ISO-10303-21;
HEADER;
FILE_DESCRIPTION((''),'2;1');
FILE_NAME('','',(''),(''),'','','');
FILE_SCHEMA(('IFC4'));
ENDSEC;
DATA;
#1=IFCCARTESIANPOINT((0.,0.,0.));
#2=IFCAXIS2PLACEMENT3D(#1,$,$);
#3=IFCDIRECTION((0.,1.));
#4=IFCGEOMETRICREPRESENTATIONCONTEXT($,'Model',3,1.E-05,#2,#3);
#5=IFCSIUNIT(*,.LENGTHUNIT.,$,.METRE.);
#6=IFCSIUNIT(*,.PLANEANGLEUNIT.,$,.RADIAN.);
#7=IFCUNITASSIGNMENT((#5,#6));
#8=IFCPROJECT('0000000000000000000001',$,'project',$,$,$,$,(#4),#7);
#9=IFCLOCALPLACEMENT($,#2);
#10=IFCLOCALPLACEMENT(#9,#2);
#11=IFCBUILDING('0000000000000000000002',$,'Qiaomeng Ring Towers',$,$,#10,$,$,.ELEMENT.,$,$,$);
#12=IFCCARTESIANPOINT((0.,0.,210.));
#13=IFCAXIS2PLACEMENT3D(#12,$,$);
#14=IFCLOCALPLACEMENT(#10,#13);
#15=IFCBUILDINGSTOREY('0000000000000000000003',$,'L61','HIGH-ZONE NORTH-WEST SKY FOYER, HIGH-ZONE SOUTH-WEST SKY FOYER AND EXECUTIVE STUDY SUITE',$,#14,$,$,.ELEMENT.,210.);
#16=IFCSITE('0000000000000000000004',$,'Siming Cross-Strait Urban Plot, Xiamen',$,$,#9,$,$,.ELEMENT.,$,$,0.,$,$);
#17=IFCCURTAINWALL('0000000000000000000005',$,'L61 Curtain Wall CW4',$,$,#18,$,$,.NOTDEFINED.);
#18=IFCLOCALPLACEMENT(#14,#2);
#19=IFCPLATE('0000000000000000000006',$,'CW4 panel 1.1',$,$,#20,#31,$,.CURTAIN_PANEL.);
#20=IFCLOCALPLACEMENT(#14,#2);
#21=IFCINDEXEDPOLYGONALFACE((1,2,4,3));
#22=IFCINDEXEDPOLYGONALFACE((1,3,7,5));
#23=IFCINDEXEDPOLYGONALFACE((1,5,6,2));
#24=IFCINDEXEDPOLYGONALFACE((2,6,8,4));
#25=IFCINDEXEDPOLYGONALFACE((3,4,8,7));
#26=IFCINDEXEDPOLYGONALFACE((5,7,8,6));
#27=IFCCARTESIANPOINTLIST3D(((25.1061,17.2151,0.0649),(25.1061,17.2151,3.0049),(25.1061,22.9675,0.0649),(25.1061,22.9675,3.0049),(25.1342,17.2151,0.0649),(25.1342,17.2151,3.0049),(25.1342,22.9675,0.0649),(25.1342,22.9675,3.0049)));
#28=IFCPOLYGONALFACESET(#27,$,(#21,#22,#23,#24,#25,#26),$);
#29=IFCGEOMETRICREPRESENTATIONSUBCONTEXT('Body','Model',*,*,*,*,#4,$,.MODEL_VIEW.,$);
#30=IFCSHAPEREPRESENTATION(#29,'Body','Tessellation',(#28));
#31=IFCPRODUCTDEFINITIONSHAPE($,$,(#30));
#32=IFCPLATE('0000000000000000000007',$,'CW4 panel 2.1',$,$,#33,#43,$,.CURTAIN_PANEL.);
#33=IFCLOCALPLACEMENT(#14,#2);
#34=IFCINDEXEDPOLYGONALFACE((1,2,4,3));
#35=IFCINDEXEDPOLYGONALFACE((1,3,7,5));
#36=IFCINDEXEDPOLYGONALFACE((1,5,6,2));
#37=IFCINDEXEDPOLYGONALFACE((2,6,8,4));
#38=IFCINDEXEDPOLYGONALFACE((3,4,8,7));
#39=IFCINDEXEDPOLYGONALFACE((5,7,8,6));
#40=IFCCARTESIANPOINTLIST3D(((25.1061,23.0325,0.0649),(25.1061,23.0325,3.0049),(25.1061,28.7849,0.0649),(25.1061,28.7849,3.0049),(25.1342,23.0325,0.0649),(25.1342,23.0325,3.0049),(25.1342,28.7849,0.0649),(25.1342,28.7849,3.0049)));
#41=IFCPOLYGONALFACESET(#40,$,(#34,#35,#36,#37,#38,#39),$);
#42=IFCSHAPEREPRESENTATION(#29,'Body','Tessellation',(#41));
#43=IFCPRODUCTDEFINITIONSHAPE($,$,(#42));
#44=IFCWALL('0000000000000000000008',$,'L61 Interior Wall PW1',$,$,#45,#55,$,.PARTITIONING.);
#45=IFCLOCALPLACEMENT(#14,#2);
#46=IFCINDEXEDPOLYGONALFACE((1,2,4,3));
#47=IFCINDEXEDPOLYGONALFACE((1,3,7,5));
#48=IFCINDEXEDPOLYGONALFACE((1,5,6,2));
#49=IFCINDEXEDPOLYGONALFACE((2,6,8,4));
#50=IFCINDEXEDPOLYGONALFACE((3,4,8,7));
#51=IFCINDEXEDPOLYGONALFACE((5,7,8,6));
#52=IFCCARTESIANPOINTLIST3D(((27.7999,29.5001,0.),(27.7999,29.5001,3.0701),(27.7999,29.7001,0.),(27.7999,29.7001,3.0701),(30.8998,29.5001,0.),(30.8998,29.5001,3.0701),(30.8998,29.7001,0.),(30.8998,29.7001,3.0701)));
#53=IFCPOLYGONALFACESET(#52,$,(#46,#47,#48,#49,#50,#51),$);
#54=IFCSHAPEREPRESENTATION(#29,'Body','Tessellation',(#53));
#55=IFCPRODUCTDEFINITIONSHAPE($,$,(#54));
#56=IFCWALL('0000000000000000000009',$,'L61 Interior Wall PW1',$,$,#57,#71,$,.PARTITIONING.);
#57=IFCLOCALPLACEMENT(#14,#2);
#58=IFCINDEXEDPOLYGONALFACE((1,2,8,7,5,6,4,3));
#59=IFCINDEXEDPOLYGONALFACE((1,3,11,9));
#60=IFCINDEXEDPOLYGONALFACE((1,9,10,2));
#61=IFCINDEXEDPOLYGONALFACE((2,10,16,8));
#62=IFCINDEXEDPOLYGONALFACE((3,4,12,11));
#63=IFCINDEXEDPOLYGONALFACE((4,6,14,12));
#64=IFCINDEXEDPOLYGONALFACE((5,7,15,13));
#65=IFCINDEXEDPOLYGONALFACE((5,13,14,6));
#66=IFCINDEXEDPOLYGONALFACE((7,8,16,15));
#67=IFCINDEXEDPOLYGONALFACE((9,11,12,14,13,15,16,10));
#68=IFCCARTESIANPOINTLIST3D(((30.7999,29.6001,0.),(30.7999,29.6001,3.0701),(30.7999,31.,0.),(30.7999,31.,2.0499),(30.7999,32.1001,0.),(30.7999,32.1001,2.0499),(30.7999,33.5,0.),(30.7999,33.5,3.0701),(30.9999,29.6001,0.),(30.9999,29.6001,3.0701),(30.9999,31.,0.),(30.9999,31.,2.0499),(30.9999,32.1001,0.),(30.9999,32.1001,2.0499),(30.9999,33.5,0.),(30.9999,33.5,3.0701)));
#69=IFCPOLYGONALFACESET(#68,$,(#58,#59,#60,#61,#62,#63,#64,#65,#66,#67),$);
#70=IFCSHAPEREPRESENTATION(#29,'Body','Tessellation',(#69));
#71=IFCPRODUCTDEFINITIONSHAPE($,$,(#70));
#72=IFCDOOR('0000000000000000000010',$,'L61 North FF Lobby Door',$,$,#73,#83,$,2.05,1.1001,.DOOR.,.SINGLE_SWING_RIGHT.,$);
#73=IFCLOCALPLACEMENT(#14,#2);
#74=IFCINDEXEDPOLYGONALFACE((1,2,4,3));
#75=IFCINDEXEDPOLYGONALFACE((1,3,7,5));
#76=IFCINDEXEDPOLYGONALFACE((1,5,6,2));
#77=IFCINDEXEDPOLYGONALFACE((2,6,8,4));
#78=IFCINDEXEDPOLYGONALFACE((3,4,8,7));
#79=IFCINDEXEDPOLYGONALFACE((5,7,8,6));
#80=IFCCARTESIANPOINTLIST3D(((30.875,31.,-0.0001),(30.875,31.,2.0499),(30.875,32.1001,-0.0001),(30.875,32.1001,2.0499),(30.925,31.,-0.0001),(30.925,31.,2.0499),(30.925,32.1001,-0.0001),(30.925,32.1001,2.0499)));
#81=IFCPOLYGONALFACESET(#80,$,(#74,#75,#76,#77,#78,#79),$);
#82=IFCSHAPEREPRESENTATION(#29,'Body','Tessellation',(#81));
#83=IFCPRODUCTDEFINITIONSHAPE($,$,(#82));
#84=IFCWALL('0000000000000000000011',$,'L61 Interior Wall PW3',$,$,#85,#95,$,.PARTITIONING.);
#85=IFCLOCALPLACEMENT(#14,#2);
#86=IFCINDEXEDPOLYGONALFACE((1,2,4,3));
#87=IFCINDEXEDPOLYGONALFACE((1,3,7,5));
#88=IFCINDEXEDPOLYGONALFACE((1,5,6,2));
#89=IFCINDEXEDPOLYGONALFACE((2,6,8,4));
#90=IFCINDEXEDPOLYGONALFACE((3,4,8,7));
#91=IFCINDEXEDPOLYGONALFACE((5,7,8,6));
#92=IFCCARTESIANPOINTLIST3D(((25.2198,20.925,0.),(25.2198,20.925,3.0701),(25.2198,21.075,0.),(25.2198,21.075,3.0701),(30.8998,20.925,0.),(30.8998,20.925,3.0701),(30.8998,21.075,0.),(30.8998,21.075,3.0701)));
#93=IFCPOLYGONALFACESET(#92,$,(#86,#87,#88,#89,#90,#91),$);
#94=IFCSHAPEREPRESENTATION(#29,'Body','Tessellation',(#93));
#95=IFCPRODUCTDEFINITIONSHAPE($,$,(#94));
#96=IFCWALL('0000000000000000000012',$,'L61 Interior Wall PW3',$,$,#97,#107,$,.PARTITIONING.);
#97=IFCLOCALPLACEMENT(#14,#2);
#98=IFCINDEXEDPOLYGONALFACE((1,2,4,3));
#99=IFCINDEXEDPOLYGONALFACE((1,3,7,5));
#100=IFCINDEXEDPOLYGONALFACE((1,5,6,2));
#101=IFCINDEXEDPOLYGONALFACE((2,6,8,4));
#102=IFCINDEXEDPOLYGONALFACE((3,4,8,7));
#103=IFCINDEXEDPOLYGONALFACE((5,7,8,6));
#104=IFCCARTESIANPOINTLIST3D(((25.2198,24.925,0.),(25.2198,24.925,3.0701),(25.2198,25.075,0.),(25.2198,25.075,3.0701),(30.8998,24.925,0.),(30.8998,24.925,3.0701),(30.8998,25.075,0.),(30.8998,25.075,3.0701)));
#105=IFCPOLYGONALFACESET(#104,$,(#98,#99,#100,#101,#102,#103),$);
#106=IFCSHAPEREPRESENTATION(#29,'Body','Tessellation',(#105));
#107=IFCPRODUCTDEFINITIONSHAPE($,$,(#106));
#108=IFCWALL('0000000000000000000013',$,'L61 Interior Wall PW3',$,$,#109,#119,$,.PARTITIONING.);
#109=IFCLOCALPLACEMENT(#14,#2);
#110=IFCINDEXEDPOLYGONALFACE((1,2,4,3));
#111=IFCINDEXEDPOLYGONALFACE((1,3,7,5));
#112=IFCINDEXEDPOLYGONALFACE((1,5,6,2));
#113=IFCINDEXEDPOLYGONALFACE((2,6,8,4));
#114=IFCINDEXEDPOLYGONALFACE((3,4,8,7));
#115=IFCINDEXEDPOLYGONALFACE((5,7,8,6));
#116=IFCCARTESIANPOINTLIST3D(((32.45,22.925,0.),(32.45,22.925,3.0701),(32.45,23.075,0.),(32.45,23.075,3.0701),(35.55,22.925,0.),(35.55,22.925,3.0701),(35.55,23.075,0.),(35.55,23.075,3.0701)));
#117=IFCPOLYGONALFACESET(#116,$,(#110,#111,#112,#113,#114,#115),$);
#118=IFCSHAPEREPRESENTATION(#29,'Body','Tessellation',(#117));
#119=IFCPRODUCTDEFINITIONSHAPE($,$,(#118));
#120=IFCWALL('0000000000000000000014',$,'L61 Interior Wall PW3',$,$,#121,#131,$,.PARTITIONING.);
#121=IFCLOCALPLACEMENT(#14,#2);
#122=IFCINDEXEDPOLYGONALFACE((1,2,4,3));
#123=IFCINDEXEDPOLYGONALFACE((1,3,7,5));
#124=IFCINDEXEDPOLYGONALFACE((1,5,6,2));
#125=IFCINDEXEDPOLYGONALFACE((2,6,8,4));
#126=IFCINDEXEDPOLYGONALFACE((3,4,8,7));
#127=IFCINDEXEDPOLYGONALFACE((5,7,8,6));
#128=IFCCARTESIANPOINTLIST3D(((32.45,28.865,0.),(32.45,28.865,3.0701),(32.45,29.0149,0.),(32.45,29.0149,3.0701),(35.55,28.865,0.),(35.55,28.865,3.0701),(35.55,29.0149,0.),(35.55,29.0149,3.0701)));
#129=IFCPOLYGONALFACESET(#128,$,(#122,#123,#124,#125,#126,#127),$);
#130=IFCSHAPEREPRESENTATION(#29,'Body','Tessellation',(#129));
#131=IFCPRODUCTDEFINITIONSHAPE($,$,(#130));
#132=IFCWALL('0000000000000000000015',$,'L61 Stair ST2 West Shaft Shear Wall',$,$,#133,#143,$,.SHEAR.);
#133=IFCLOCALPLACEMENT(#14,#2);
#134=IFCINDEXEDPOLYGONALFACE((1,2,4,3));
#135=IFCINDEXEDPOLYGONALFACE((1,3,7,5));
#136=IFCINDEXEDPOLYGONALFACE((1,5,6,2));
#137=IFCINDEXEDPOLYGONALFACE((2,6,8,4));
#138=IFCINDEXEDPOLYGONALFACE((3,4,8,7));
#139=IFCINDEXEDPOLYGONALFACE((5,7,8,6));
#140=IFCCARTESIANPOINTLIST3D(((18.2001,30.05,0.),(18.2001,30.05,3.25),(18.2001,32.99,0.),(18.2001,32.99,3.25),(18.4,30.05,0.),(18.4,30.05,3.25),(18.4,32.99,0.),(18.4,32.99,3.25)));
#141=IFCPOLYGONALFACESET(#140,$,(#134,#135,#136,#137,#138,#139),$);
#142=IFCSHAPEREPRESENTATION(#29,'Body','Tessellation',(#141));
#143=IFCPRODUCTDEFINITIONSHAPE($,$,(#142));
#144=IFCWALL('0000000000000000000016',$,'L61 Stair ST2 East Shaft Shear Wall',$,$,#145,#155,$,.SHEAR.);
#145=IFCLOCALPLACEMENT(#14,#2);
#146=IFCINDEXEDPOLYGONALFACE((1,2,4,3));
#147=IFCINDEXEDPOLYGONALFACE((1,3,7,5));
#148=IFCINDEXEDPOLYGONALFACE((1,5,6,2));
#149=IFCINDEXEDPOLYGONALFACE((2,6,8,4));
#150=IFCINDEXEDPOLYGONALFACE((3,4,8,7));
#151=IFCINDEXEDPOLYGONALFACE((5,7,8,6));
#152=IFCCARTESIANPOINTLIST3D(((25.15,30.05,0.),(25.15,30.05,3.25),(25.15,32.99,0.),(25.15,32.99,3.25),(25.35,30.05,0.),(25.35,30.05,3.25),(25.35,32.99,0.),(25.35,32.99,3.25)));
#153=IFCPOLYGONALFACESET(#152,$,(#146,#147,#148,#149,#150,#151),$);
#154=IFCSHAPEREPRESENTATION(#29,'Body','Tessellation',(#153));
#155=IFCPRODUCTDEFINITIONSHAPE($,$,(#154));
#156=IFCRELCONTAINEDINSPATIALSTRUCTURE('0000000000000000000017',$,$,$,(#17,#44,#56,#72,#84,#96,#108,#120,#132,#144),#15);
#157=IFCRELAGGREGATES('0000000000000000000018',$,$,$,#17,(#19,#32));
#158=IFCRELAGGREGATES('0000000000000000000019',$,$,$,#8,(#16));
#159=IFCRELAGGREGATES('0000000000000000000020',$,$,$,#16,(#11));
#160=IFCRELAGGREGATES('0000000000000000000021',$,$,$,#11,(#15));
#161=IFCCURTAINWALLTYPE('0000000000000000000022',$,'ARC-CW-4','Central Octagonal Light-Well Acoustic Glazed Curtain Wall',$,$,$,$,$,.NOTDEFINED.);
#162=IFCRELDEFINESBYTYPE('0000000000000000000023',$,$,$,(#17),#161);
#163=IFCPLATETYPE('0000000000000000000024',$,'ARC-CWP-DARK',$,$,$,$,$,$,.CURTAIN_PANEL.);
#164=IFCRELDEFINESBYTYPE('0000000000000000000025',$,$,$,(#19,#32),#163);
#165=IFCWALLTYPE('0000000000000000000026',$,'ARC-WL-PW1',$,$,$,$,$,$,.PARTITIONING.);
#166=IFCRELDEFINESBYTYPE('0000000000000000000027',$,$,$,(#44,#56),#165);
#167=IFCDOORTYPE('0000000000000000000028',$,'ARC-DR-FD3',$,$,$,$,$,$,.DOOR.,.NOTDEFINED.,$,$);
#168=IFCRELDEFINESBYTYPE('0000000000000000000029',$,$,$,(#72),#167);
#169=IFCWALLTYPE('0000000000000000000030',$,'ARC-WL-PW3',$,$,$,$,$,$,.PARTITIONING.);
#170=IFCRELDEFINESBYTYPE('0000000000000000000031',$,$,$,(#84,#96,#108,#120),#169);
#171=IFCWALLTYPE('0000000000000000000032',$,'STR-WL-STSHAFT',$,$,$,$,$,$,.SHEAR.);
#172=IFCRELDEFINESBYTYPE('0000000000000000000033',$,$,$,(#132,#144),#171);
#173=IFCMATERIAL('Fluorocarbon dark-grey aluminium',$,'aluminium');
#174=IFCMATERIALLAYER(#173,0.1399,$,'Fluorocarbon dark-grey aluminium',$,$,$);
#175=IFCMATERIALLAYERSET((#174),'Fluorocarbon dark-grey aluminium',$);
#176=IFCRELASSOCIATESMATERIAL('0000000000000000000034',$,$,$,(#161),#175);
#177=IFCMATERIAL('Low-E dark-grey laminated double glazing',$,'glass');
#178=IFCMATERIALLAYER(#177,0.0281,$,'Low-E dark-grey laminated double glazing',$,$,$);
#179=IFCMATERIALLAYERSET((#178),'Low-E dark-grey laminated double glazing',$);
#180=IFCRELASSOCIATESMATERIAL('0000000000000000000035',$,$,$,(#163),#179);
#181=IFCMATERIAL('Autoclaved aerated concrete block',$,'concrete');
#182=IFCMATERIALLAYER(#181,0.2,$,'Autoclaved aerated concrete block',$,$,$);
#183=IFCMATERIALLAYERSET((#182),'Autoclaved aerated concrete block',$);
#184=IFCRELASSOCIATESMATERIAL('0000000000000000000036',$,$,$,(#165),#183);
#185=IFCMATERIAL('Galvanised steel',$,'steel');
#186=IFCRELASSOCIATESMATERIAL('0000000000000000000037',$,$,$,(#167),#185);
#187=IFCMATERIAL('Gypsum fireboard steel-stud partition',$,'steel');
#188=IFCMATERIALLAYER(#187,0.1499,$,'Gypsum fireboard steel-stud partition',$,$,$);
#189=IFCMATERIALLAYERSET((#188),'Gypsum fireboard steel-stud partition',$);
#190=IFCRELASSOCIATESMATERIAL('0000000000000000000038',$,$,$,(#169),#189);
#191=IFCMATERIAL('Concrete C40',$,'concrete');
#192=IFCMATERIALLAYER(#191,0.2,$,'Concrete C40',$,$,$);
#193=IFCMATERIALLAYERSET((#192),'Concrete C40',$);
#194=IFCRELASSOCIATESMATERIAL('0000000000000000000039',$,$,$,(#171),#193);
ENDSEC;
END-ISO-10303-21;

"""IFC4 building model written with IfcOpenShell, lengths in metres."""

from ifc_helpers import new_model, si_unit, direction, frame, frame_2d, origin, origin_2d, place, context, subcontext, project, spatial, rectangle, extrude, source, transform, mapped, material, layer, layer_set, type_object, element, fill, aggregate, save


model = new_model("IFC4")

# Units and contexts
model_context = context("Model", 3, precision=1e-05, world=origin(), true_north=direction((0.0, 1.0)))
body_context = subcontext(model_context, "Body", "Model", "MODEL_VIEW")
ifc_project = project(units=[si_unit("LENGTHUNIT", "METRE"), si_unit("PLANEANGLEUNIT", "RADIAN")], contexts=[model_context])

# Site, building, storey
site_placement = place(None, origin())
site = spatial("IfcSite", under=ifc_project, at=site_placement, Name="Siming Cross-Strait Urban Plot, Xiamen", CompositionType="ELEMENT", RefElevation=0.0)
building_placement = place(site_placement, origin())
building = spatial("IfcBuilding", under=site, at=building_placement, Name="Qiaomeng Ring Towers", CompositionType="ELEMENT")
storey_placement = place(building_placement, frame((0.0, 0.0, 210.0)))
storey = spatial("IfcBuildingStorey", under=building, at=storey_placement, Name="L61", Description="HIGH-ZONE NORTH-WEST SKY FOYER, HIGH-ZONE SOUTH-WEST SKY FOYER AND EXECUTIVE STUDY SUITE", CompositionType="ELEMENT", Elevation=210.0)

# Shared definitions
ifc_material_1 = material(Name="Concrete C40", Category="concrete")

# Curtain wall
ifc_material_2 = material(Name="Fluorocarbon dark-grey aluminium", Category="aluminium")
ifc_layer_1 = layer(ifc_material_2, 0.1399, Name="Fluorocarbon dark-grey aluminium")
ifc_layer_set_1 = layer_set([ifc_layer_1], Name="Fluorocarbon dark-grey aluminium")
curtain_wall_type = type_object("IfcCurtainWallType", Name="ARC-CW-4", Description="Central Octagonal Light-Well Acoustic Glazed Curtain Wall", PredefinedType="NOTDEFINED", material=ifc_layer_set_1)
curtain_wall_placement = place(storey_placement, origin())
curtain_wall = element("IfcCurtainWall", 1, at=curtain_wall_placement, inside=storey, type_object=curtain_wall_type, Name="L61 Curtain Wall CW4", PredefinedType="NOTDEFINED")

# Plates
ifc_material_3 = material(Name="Low-E dark-grey laminated double glazing", Category="glass")
ifc_layer_2 = layer(ifc_material_3, 0.0281, Name="Low-E dark-grey laminated double glazing")
ifc_layer_set_2 = layer_set([ifc_layer_2], Name="Low-E dark-grey laminated double glazing")
plate_type = type_object("IfcPlateType", Name="ARC-CWP-DARK", PredefinedType="CURTAIN_PANEL", material=ifc_layer_set_2)
shared_shape_1 = source(origin(), body_context, "Body", "SweptSolid", [
    extrude(rectangle(XDim=5.7524, YDim=0.0281, at=origin_2d()), origin(), (0.0, 0.0, 1.0), 2.9399),
])
plate_1_placement = place(storey_placement, frame((25.1201, 20.0913, 0.0649), z_axis=(0.0, 0.0, 1.0), x_axis=(0.0, 1.0, 0.0)))
plate_1 = element("IfcPlate", 2, at=plate_1_placement, type_object=plate_type, Name="CW4 panel 1.1", PredefinedType="CURTAIN_PANEL", context=body_context, shape_type="MappedRepresentation", body=[
    mapped(shared_shape_1, transform((0.0, 0.0, 0.0), x_axis=(1.0, 0.0, 0.0), y_axis=(0.0, 1.0, 0.0), z_axis=(0.0, 0.0, 1.0), scale=1.0)),
])
plate_2_placement = place(storey_placement, frame((25.1201, 25.9087, 0.0649), z_axis=(0.0, 0.0, 1.0), x_axis=(0.0, 1.0, 0.0)))
plate_2 = element("IfcPlate", 3, at=plate_2_placement, type_object=plate_type, Name="CW4 panel 2.1", PredefinedType="CURTAIN_PANEL", context=body_context, shape_type="MappedRepresentation", body=[
    mapped(shared_shape_1, transform((0.0, 0.0, 0.0), x_axis=(1.0, 0.0, 0.0), y_axis=(0.0, 1.0, 0.0), z_axis=(0.0, 0.0, 1.0), scale=1.0)),
])
aggregate(curtain_wall, [plate_1, plate_2])

# Wall
ifc_material_4 = material(Name="Autoclaved aerated concrete block", Category="concrete")
ifc_layer_3 = layer(ifc_material_4, 0.2, Name="Autoclaved aerated concrete block")
ifc_layer_set_3 = layer_set([ifc_layer_3], Name="Autoclaved aerated concrete block")
wall_type_1 = type_object("IfcWallType", Name="ARC-WL-PW1", PredefinedType="PARTITIONING", material=ifc_layer_set_3)
wall_1_placement = place(storey_placement, frame((27.8, 29.6001, 0.0), z_axis=(0.0, 0.0, 1.0), x_axis=(1.0, 0.0, 0.0)))
element("IfcWall", 4, at=wall_1_placement, inside=storey, type_object=wall_type_1, Name="L61 Interior Wall PW1", PredefinedType="PARTITIONING", context=body_context, shape_type="SweptSolid", body=[
    extrude(rectangle(XDim=3.0999, YDim=0.2, at=frame_2d((1.5498, 0.0))), origin(), (0.0, 0.0, 1.0), 3.0701),
])

# Wall, opening, door
wall_2_placement = place(storey_placement, frame((30.8999, 29.6001, 0.0), z_axis=(0.0, 0.0, 1.0), x_axis=(0.0, 1.0, 0.0)))
wall_2 = element("IfcWall", 5, at=wall_2_placement, inside=storey, type_object=wall_type_1, Name="L61 Interior Wall PW1", PredefinedType="PARTITIONING", context=body_context, shape_type="SweptSolid", body=[
    extrude(rectangle(XDim=3.8999, YDim=0.2, at=frame_2d((1.95, 0.0))), origin(), (0.0, 0.0, 1.0), 3.0701),
])
opening_1_placement = place(wall_2_placement, frame((1.3999, 0.0, 0.0)))
opening_1 = element("IfcOpeningElement", 6, at=opening_1_placement, cuts=wall_2, PredefinedType="OPENING", context=body_context, shape_type="SweptSolid", body=[
    extrude(rectangle(XDim=1.1001, YDim=2.05, at=frame_2d((0.55, 1.0249))), frame((0.0, 0.1099, 0.0), z_axis=(0.0, -1.0, 0.0), x_axis=(1.0, 0.0, 0.0)), (0.0, 0.0, 1.0), 0.22),
])
ifc_material_5 = material(Name="Galvanised steel", Category="steel")
door_type_1 = type_object("IfcDoorType", Name="ARC-DR-FD3", OperationType="NOTDEFINED", PredefinedType="DOOR", material=ifc_material_5)
shared_shape_2 = source(origin(), body_context, "Body", "SweptSolid", [
    extrude(rectangle(XDim=1.1001, YDim=2.05, at=frame_2d((0.55, 1.0249))), frame((0.0, 0.0249, 0.0), z_axis=(0.0, -1.0, 0.0), x_axis=(1.0, 0.0, 0.0)), (0.0, 0.0, 1.0), 0.05),
])
door_1_placement = place(opening_1_placement, origin())
door_1 = element("IfcDoor", 7, at=door_1_placement, inside=storey, type_object=door_type_1, Name="L61 North FF Lobby Door", OperationType="SINGLE_SWING_RIGHT", OverallHeight=2.05, OverallWidth=1.1001, PredefinedType="DOOR", context=body_context, shape_type="MappedRepresentation", body=[
    mapped(shared_shape_2, transform((0.0, 0.0, 0.0), x_axis=(1.0, 0.0, 0.0), y_axis=(0.0, 1.0, 0.0), z_axis=(0.0, 0.0, 1.0), scale=1.0)),
])
fill(opening_1, door_1)

# Walls
ifc_material_6 = material(Name="Gypsum fireboard steel-stud partition", Category="steel")
ifc_layer_4 = layer(ifc_material_6, 0.1499, Name="Gypsum fireboard steel-stud partition")
ifc_layer_set_4 = layer_set([ifc_layer_4], Name="Gypsum fireboard steel-stud partition")
wall_type_2 = type_object("IfcWallType", Name="ARC-WL-PW3", PredefinedType="PARTITIONING", material=ifc_layer_set_4)
for number, where, z_axis, x_axis, name in (
    (8, (25.22, 21.0, 0.0), (0.0, 0.0, 1.0), (1.0, 0.0, 0.0), "L61 Interior Wall PW3"),
    (9, (25.22, 25.0, 0.0), (0.0, 0.0, 1.0), (1.0, 0.0, 0.0), "L61 Interior Wall PW3"),
):
    element("IfcWall", number, at=place(storey_placement, frame(where, z_axis=z_axis, x_axis=x_axis)), inside=storey, type_object=wall_type_2, Name=name, PredefinedType="PARTITIONING", context=body_context, shape_type="SweptSolid", body=[
        extrude(rectangle(XDim=5.6799, YDim=0.1499, at=frame_2d((2.8398, 0.0))), origin(), (0.0, 0.0, 1.0), 3.0701),
    ])
for number, where, z_axis, x_axis, name in (
    (10, (32.45, 23.0, 0.0), (0.0, 0.0, 1.0), (1.0, 0.0, 0.0), "L61 Interior Wall PW3"),
    (11, (32.45, 28.9399, 0.0), (0.0, 0.0, 1.0), (1.0, 0.0, 0.0), "L61 Interior Wall PW3"),
):
    element("IfcWall", number, at=place(storey_placement, frame(where, z_axis=z_axis, x_axis=x_axis)), inside=storey, type_object=wall_type_2, Name=name, PredefinedType="PARTITIONING", context=body_context, shape_type="SweptSolid", body=[
        extrude(rectangle(XDim=3.1001, YDim=0.1499, at=frame_2d((1.55, 0.0))), origin(), (0.0, 0.0, 1.0), 3.0701),
    ])
ifc_layer_5 = layer(ifc_material_1, 0.2, Name="Concrete C40")
ifc_layer_set_5 = layer_set([ifc_layer_5], Name="Concrete C40")
wall_type_3 = type_object("IfcWallType", Name="STR-WL-STSHAFT", PredefinedType="SHEAR", material=ifc_layer_set_5)
for number, where, z_axis, x_axis, name in (
    (12, (18.3, 30.05, 0.0), (0.0, 0.0, 1.0), (0.0, 1.0, 0.0), "L61 Stair ST2 West Shaft Shear Wall"),
    (13, (25.25, 30.05, 0.0), (0.0, 0.0, 1.0), (0.0, 1.0, 0.0), "L61 Stair ST2 East Shaft Shear Wall"),
):
    element("IfcWall", number, at=place(storey_placement, frame(where, z_axis=z_axis, x_axis=x_axis)), inside=storey, type_object=wall_type_3, Name=name, PredefinedType="SHEAR", context=body_context, shape_type="SweptSolid", body=[
        extrude(rectangle(XDim=2.9399, YDim=0.2, at=frame_2d((1.47, 0.0))), origin(), (0.0, 0.0, 1.0), 3.25),
    ])

save(model, "model.ifc")
